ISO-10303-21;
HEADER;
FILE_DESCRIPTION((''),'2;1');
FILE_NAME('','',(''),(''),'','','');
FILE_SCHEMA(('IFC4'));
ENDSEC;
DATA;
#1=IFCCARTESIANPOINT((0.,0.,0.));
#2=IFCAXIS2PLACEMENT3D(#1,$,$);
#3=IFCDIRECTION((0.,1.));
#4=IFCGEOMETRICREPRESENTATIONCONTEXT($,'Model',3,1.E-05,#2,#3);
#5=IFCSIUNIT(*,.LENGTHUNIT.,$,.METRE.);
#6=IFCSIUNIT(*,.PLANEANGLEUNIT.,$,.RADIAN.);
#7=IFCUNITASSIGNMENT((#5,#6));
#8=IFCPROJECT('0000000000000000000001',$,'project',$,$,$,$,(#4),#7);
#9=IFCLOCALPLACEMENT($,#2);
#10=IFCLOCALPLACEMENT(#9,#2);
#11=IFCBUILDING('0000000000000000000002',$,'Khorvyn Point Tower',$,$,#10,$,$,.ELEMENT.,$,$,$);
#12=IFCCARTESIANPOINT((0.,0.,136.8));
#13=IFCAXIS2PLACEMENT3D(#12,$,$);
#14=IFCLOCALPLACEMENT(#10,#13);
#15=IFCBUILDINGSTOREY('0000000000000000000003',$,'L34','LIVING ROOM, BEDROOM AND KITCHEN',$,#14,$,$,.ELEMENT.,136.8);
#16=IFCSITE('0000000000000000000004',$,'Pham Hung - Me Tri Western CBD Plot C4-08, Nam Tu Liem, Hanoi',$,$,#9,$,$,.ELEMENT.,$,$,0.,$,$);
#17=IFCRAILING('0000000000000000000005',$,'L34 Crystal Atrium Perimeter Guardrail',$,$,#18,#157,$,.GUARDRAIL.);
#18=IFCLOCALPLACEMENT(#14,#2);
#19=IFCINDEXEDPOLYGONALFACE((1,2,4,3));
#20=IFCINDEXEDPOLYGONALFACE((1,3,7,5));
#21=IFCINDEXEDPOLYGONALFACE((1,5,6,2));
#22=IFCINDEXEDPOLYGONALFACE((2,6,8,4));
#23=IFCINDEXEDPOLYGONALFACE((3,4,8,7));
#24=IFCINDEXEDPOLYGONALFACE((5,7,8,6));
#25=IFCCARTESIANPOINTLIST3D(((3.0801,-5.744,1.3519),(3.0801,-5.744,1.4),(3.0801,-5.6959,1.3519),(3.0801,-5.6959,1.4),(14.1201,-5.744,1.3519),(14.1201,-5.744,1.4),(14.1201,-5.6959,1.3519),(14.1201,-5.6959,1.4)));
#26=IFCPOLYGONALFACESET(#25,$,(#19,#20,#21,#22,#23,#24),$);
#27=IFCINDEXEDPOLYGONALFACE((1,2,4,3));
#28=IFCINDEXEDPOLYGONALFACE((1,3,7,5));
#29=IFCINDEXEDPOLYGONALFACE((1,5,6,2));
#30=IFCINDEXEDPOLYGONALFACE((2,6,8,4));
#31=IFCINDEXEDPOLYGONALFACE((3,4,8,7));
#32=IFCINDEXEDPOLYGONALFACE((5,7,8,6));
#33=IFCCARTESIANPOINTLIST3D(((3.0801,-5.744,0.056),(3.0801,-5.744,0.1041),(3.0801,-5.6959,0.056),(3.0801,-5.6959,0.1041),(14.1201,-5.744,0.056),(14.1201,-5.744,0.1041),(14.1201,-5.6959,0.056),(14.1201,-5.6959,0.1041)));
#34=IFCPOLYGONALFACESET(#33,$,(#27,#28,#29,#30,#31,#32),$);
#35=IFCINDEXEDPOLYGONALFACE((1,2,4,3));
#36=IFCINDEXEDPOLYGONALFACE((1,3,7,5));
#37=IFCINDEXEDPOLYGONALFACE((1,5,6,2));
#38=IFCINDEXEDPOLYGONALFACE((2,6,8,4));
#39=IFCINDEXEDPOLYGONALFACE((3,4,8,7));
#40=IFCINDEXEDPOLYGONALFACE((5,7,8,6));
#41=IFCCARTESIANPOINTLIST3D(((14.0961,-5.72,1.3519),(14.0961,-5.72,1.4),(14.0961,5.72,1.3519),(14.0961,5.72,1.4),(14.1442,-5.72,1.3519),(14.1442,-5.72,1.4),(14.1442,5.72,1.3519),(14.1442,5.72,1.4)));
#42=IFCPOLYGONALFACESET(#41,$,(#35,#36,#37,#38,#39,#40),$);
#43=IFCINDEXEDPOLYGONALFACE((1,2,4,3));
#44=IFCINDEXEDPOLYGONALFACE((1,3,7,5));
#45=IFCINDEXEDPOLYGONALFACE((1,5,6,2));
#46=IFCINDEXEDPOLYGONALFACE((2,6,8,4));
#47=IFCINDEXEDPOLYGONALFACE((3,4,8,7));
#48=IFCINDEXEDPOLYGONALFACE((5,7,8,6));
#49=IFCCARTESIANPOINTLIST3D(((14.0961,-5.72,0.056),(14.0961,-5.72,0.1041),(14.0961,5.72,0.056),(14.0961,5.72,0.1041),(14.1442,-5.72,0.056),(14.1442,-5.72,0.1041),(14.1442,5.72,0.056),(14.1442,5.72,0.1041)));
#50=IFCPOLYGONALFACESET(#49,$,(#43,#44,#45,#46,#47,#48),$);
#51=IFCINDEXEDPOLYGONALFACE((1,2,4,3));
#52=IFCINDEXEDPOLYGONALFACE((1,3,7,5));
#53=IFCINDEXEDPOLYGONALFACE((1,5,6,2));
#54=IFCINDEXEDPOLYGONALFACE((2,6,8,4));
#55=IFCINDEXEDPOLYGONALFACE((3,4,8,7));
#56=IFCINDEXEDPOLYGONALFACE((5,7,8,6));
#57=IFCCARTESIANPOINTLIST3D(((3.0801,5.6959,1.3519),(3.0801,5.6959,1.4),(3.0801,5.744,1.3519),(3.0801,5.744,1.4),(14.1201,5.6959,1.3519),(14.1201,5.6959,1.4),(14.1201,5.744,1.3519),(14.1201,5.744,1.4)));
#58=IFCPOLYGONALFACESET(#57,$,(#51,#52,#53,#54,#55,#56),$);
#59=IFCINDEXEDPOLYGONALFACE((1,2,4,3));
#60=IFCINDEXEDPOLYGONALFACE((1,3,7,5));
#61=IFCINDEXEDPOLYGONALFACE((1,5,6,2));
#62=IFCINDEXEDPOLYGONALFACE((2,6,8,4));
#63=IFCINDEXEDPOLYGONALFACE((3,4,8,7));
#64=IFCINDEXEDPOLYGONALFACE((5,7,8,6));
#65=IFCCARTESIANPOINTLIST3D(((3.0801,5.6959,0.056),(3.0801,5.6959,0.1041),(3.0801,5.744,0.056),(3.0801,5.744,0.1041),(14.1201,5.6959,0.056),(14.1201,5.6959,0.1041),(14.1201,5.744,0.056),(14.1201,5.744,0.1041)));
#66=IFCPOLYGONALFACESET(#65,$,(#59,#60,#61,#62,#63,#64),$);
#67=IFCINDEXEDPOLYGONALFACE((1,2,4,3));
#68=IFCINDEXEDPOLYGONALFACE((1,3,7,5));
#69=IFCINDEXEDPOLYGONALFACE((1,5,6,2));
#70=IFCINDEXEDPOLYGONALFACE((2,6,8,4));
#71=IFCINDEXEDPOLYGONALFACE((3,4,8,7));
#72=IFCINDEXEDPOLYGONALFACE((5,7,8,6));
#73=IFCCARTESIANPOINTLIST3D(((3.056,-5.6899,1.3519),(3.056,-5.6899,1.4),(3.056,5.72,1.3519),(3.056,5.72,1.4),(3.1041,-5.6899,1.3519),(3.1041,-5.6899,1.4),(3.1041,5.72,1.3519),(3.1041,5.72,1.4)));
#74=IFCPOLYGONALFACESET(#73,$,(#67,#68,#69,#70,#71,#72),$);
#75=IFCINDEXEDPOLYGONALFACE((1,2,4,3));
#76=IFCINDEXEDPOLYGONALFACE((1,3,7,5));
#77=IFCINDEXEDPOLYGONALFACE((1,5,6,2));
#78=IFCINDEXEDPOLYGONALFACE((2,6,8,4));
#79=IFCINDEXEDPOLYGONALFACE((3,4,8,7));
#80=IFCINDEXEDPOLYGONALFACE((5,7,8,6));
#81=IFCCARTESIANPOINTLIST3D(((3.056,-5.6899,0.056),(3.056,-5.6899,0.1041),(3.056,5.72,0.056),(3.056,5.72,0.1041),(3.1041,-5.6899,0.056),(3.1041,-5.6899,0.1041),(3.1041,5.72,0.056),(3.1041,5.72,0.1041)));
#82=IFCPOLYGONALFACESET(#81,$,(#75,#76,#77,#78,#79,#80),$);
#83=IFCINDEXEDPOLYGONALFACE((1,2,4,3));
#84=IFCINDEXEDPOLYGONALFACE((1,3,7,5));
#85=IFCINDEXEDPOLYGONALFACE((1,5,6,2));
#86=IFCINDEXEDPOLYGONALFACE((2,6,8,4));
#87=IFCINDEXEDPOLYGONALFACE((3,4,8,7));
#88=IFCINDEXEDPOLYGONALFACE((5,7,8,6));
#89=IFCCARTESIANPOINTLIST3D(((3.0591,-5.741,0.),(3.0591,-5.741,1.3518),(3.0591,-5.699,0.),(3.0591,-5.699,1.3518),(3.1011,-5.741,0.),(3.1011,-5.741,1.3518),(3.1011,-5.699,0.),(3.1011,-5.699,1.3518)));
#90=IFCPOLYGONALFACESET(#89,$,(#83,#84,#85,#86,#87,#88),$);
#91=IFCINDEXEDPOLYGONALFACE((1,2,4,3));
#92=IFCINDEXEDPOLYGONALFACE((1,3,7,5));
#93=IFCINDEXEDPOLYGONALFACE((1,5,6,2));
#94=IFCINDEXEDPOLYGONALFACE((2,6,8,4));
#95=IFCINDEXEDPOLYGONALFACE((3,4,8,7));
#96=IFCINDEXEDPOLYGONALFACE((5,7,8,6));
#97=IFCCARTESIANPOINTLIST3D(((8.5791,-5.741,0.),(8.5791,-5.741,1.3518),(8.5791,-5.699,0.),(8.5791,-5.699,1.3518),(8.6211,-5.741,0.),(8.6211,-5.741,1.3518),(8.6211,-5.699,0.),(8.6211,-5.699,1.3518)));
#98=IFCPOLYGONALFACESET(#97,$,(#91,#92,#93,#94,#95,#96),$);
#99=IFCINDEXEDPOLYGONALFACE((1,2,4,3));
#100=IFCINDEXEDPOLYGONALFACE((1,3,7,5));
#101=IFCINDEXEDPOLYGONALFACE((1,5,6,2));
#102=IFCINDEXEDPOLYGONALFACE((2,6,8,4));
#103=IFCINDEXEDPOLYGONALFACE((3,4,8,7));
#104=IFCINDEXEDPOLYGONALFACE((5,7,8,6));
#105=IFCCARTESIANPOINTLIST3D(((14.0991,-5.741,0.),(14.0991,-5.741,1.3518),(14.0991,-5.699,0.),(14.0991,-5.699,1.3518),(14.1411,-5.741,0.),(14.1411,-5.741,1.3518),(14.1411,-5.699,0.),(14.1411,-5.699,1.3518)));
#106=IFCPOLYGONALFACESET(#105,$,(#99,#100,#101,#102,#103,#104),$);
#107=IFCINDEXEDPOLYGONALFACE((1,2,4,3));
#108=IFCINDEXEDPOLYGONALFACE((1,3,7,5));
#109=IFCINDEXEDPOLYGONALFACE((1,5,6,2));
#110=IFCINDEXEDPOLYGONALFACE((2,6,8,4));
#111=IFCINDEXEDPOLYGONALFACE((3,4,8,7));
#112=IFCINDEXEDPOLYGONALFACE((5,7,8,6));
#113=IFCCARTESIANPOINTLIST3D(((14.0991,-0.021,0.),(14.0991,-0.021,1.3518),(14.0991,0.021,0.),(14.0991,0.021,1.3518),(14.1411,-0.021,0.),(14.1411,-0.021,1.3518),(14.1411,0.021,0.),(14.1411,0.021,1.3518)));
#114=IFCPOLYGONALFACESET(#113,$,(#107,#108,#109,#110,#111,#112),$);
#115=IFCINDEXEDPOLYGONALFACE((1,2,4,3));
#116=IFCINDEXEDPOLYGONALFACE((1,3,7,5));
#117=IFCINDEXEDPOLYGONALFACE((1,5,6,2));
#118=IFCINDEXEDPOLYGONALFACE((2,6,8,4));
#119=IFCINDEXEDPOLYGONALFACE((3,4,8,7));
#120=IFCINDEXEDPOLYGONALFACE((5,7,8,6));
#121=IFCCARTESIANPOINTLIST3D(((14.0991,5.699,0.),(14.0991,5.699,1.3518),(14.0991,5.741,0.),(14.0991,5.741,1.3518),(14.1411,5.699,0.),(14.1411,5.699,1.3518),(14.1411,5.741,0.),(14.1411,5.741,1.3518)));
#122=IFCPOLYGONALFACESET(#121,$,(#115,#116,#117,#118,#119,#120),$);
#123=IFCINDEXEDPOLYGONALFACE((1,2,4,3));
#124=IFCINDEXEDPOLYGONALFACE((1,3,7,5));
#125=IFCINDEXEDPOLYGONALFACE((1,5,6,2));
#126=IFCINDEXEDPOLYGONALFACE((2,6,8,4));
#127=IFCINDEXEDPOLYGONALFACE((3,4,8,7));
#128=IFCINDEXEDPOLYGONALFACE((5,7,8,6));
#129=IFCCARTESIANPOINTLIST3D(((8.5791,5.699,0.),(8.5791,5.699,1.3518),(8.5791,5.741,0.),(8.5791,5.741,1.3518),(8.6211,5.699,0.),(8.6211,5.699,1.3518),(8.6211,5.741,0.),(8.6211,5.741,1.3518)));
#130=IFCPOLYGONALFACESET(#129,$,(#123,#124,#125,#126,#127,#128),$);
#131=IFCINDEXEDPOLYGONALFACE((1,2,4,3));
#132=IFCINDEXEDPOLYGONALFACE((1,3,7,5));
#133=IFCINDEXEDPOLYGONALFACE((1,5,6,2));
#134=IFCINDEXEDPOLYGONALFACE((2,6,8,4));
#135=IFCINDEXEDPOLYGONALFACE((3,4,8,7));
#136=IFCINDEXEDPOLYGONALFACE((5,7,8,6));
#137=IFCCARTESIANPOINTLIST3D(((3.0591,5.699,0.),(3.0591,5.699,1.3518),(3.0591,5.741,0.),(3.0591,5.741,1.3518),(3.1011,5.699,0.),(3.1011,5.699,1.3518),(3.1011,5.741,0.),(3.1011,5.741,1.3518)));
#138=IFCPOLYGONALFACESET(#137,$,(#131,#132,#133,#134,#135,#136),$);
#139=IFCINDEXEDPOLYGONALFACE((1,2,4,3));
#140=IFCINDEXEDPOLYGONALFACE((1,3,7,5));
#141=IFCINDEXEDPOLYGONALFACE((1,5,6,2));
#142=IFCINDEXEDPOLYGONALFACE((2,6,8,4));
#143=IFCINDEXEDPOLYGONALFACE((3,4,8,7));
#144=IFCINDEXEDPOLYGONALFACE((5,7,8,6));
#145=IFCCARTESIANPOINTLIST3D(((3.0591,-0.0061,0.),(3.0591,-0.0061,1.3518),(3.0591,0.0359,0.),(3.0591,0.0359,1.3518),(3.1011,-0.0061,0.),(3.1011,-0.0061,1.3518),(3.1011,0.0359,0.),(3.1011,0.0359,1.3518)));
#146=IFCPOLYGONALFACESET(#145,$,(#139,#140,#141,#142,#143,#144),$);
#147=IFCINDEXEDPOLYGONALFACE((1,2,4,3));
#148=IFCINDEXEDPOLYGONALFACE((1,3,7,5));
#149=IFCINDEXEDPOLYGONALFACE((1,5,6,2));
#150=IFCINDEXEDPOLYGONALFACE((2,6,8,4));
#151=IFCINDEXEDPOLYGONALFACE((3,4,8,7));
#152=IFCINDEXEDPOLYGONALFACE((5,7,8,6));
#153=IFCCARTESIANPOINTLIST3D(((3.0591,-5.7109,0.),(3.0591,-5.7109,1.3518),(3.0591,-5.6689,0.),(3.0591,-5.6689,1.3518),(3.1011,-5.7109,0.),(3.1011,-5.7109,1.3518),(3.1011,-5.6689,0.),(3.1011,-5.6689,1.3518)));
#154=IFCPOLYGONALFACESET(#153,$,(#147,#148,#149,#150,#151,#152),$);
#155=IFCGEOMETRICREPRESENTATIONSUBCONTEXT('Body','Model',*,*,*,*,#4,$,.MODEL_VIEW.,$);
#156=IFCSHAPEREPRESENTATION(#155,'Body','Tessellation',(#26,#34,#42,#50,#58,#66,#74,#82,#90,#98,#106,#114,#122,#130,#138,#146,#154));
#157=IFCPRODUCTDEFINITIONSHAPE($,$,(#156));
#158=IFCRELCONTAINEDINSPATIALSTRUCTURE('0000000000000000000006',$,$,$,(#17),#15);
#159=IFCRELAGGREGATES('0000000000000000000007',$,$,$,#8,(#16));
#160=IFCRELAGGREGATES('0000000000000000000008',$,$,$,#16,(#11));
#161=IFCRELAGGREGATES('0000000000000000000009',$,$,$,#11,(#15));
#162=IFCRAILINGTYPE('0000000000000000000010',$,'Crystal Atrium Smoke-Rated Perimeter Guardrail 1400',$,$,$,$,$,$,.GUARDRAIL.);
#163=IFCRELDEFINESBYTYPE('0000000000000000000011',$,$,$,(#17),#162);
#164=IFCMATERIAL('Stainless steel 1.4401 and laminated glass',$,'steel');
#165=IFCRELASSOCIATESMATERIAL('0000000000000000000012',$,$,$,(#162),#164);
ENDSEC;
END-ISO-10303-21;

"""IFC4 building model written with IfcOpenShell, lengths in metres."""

from ifc_helpers import new_model, si_unit, direction, frame, origin, origin_2d, place, context, subcontext, project, spatial, rectangle, extrude, material, type_object, element, save


model = new_model("IFC4")

# Units and contexts
model_context = context("Model", 3, precision=1e-05, world=origin(), true_north=direction((0.0, 1.0)))
body_context = subcontext(model_context, "Body", "Model", "MODEL_VIEW")
ifc_project = project(units=[si_unit("LENGTHUNIT", "METRE"), si_unit("PLANEANGLEUNIT", "RADIAN")], contexts=[model_context])

# Site, building, storey
site_placement = place(None, origin())
site = spatial("IfcSite", under=ifc_project, at=site_placement, Name="Pham Hung - Me Tri Western CBD Plot C4-08, Nam Tu Liem, Hanoi", CompositionType="ELEMENT", RefElevation=0.0)
building_placement = place(site_placement, origin())
building = spatial("IfcBuilding", under=site, at=building_placement, Name="Khorvyn Point Tower", CompositionType="ELEMENT")
storey_placement = place(building_placement, frame((0.0, 0.0, 136.8)))
storey = spatial("IfcBuildingStorey", under=building, at=storey_placement, Name="L34", Description="LIVING ROOM, BEDROOM AND KITCHEN", CompositionType="ELEMENT", Elevation=136.8)

# Railing
ifc_material_1 = material(Name="Stainless steel 1.4401 and laminated glass", Category="steel")
railing_type = type_object("IfcRailingType", Name="Crystal Atrium Smoke-Rated Perimeter Guardrail 1400", PredefinedType="GUARDRAIL", material=ifc_material_1)
railing_placement = place(storey_placement, frame((3.0801, -5.72, 0.0)))
element("IfcRailing", 1, at=railing_placement, inside=storey, type_object=railing_type, Name="L34 Crystal Atrium Perimeter Guardrail", PredefinedType="GUARDRAIL", context=body_context, shape_type="SweptSolid", body=[
    extrude(rectangle(XDim=0.0481, YDim=0.0481, at=origin_2d()), frame((0.0, 0.0, 1.376), z_axis=(1.0, 0.0, 0.0), x_axis=(0.0, 1.0, 0.0)), (0.0, 0.0, 1.0), 11.04),
    extrude(rectangle(XDim=0.0481, YDim=0.0481, at=origin_2d()), frame((0.0, 0.0, 0.0801), z_axis=(1.0, 0.0, 0.0), x_axis=(0.0, 1.0, 0.0)), (0.0, 0.0, 1.0), 11.04),
    extrude(rectangle(XDim=0.0481, YDim=0.0481, at=origin_2d()), frame((11.04, 0.0, 1.376), z_axis=(0.0, 1.0, 0.0), x_axis=(-1.0, 0.0, 0.0)), (0.0, 0.0, 1.0), 11.4399),
    extrude(rectangle(XDim=0.0481, YDim=0.0481, at=origin_2d()), frame((11.04, 0.0, 0.0801), z_axis=(0.0, 1.0, 0.0), x_axis=(-1.0, 0.0, 0.0)), (0.0, 0.0, 1.0), 11.4399),
    extrude(rectangle(XDim=0.0481, YDim=0.0481, at=origin_2d()), frame((11.04, 11.4399, 1.376), z_axis=(-1.0, 0.0, 0.0), x_axis=(0.0, -1.0, 0.0)), (0.0, 0.0, 1.0), 11.04),
    extrude(rectangle(XDim=0.0481, YDim=0.0481, at=origin_2d()), frame((11.04, 11.4399, 0.0801), z_axis=(-1.0, 0.0, 0.0), x_axis=(0.0, -1.0, 0.0)), (0.0, 0.0, 1.0), 11.04),
    extrude(rectangle(XDim=0.0481, YDim=0.0481, at=origin_2d()), frame((0.0, 11.4399, 1.376), z_axis=(0.0, -1.0, 0.0), x_axis=(1.0, 0.0, 0.0)), (0.0, 0.0, 1.0), 11.4099),
    extrude(rectangle(XDim=0.0481, YDim=0.0481, at=origin_2d()), frame((0.0, 11.4399, 0.0801), z_axis=(0.0, -1.0, 0.0), x_axis=(1.0, 0.0, 0.0)), (0.0, 0.0, 1.0), 11.4099),
    extrude(rectangle(XDim=0.042, YDim=0.042, at=origin_2d()), origin(), (0.0, 0.0, 1.0), 1.3518),
    extrude(rectangle(XDim=0.042, YDim=0.042, at=origin_2d()), frame((5.52, 0.0, 0.0)), (0.0, 0.0, 1.0), 1.3518),
    extrude(rectangle(XDim=0.042, YDim=0.042, at=origin_2d()), frame((11.04, 0.0, 0.0)), (0.0, 0.0, 1.0), 1.3518),
    extrude(rectangle(XDim=0.042, YDim=0.042, at=origin_2d()), frame((11.04, 5.72, 0.0)), (0.0, 0.0, 1.0), 1.3518),
    extrude(rectangle(XDim=0.042, YDim=0.042, at=origin_2d()), frame((11.04, 11.4399, 0.0)), (0.0, 0.0, 1.0), 1.3518),
    extrude(rectangle(XDim=0.042, YDim=0.042, at=origin_2d()), frame((5.52, 11.4399, 0.0)), (0.0, 0.0, 1.0), 1.3518),
    extrude(rectangle(XDim=0.042, YDim=0.042, at=origin_2d()), frame((0.0, 11.4399, 0.0)), (0.0, 0.0, 1.0), 1.3518),
    extrude(rectangle(XDim=0.042, YDim=0.042, at=origin_2d()), frame((0.0, 5.7349, 0.0)), (0.0, 0.0, 1.0), 1.3518),
    extrude(rectangle(XDim=0.042, YDim=0.042, at=origin_2d()), frame((0.0, 0.03, 0.0)), (0.0, 0.0, 1.0), 1.3518),
])

save(model, "model.ifc")
